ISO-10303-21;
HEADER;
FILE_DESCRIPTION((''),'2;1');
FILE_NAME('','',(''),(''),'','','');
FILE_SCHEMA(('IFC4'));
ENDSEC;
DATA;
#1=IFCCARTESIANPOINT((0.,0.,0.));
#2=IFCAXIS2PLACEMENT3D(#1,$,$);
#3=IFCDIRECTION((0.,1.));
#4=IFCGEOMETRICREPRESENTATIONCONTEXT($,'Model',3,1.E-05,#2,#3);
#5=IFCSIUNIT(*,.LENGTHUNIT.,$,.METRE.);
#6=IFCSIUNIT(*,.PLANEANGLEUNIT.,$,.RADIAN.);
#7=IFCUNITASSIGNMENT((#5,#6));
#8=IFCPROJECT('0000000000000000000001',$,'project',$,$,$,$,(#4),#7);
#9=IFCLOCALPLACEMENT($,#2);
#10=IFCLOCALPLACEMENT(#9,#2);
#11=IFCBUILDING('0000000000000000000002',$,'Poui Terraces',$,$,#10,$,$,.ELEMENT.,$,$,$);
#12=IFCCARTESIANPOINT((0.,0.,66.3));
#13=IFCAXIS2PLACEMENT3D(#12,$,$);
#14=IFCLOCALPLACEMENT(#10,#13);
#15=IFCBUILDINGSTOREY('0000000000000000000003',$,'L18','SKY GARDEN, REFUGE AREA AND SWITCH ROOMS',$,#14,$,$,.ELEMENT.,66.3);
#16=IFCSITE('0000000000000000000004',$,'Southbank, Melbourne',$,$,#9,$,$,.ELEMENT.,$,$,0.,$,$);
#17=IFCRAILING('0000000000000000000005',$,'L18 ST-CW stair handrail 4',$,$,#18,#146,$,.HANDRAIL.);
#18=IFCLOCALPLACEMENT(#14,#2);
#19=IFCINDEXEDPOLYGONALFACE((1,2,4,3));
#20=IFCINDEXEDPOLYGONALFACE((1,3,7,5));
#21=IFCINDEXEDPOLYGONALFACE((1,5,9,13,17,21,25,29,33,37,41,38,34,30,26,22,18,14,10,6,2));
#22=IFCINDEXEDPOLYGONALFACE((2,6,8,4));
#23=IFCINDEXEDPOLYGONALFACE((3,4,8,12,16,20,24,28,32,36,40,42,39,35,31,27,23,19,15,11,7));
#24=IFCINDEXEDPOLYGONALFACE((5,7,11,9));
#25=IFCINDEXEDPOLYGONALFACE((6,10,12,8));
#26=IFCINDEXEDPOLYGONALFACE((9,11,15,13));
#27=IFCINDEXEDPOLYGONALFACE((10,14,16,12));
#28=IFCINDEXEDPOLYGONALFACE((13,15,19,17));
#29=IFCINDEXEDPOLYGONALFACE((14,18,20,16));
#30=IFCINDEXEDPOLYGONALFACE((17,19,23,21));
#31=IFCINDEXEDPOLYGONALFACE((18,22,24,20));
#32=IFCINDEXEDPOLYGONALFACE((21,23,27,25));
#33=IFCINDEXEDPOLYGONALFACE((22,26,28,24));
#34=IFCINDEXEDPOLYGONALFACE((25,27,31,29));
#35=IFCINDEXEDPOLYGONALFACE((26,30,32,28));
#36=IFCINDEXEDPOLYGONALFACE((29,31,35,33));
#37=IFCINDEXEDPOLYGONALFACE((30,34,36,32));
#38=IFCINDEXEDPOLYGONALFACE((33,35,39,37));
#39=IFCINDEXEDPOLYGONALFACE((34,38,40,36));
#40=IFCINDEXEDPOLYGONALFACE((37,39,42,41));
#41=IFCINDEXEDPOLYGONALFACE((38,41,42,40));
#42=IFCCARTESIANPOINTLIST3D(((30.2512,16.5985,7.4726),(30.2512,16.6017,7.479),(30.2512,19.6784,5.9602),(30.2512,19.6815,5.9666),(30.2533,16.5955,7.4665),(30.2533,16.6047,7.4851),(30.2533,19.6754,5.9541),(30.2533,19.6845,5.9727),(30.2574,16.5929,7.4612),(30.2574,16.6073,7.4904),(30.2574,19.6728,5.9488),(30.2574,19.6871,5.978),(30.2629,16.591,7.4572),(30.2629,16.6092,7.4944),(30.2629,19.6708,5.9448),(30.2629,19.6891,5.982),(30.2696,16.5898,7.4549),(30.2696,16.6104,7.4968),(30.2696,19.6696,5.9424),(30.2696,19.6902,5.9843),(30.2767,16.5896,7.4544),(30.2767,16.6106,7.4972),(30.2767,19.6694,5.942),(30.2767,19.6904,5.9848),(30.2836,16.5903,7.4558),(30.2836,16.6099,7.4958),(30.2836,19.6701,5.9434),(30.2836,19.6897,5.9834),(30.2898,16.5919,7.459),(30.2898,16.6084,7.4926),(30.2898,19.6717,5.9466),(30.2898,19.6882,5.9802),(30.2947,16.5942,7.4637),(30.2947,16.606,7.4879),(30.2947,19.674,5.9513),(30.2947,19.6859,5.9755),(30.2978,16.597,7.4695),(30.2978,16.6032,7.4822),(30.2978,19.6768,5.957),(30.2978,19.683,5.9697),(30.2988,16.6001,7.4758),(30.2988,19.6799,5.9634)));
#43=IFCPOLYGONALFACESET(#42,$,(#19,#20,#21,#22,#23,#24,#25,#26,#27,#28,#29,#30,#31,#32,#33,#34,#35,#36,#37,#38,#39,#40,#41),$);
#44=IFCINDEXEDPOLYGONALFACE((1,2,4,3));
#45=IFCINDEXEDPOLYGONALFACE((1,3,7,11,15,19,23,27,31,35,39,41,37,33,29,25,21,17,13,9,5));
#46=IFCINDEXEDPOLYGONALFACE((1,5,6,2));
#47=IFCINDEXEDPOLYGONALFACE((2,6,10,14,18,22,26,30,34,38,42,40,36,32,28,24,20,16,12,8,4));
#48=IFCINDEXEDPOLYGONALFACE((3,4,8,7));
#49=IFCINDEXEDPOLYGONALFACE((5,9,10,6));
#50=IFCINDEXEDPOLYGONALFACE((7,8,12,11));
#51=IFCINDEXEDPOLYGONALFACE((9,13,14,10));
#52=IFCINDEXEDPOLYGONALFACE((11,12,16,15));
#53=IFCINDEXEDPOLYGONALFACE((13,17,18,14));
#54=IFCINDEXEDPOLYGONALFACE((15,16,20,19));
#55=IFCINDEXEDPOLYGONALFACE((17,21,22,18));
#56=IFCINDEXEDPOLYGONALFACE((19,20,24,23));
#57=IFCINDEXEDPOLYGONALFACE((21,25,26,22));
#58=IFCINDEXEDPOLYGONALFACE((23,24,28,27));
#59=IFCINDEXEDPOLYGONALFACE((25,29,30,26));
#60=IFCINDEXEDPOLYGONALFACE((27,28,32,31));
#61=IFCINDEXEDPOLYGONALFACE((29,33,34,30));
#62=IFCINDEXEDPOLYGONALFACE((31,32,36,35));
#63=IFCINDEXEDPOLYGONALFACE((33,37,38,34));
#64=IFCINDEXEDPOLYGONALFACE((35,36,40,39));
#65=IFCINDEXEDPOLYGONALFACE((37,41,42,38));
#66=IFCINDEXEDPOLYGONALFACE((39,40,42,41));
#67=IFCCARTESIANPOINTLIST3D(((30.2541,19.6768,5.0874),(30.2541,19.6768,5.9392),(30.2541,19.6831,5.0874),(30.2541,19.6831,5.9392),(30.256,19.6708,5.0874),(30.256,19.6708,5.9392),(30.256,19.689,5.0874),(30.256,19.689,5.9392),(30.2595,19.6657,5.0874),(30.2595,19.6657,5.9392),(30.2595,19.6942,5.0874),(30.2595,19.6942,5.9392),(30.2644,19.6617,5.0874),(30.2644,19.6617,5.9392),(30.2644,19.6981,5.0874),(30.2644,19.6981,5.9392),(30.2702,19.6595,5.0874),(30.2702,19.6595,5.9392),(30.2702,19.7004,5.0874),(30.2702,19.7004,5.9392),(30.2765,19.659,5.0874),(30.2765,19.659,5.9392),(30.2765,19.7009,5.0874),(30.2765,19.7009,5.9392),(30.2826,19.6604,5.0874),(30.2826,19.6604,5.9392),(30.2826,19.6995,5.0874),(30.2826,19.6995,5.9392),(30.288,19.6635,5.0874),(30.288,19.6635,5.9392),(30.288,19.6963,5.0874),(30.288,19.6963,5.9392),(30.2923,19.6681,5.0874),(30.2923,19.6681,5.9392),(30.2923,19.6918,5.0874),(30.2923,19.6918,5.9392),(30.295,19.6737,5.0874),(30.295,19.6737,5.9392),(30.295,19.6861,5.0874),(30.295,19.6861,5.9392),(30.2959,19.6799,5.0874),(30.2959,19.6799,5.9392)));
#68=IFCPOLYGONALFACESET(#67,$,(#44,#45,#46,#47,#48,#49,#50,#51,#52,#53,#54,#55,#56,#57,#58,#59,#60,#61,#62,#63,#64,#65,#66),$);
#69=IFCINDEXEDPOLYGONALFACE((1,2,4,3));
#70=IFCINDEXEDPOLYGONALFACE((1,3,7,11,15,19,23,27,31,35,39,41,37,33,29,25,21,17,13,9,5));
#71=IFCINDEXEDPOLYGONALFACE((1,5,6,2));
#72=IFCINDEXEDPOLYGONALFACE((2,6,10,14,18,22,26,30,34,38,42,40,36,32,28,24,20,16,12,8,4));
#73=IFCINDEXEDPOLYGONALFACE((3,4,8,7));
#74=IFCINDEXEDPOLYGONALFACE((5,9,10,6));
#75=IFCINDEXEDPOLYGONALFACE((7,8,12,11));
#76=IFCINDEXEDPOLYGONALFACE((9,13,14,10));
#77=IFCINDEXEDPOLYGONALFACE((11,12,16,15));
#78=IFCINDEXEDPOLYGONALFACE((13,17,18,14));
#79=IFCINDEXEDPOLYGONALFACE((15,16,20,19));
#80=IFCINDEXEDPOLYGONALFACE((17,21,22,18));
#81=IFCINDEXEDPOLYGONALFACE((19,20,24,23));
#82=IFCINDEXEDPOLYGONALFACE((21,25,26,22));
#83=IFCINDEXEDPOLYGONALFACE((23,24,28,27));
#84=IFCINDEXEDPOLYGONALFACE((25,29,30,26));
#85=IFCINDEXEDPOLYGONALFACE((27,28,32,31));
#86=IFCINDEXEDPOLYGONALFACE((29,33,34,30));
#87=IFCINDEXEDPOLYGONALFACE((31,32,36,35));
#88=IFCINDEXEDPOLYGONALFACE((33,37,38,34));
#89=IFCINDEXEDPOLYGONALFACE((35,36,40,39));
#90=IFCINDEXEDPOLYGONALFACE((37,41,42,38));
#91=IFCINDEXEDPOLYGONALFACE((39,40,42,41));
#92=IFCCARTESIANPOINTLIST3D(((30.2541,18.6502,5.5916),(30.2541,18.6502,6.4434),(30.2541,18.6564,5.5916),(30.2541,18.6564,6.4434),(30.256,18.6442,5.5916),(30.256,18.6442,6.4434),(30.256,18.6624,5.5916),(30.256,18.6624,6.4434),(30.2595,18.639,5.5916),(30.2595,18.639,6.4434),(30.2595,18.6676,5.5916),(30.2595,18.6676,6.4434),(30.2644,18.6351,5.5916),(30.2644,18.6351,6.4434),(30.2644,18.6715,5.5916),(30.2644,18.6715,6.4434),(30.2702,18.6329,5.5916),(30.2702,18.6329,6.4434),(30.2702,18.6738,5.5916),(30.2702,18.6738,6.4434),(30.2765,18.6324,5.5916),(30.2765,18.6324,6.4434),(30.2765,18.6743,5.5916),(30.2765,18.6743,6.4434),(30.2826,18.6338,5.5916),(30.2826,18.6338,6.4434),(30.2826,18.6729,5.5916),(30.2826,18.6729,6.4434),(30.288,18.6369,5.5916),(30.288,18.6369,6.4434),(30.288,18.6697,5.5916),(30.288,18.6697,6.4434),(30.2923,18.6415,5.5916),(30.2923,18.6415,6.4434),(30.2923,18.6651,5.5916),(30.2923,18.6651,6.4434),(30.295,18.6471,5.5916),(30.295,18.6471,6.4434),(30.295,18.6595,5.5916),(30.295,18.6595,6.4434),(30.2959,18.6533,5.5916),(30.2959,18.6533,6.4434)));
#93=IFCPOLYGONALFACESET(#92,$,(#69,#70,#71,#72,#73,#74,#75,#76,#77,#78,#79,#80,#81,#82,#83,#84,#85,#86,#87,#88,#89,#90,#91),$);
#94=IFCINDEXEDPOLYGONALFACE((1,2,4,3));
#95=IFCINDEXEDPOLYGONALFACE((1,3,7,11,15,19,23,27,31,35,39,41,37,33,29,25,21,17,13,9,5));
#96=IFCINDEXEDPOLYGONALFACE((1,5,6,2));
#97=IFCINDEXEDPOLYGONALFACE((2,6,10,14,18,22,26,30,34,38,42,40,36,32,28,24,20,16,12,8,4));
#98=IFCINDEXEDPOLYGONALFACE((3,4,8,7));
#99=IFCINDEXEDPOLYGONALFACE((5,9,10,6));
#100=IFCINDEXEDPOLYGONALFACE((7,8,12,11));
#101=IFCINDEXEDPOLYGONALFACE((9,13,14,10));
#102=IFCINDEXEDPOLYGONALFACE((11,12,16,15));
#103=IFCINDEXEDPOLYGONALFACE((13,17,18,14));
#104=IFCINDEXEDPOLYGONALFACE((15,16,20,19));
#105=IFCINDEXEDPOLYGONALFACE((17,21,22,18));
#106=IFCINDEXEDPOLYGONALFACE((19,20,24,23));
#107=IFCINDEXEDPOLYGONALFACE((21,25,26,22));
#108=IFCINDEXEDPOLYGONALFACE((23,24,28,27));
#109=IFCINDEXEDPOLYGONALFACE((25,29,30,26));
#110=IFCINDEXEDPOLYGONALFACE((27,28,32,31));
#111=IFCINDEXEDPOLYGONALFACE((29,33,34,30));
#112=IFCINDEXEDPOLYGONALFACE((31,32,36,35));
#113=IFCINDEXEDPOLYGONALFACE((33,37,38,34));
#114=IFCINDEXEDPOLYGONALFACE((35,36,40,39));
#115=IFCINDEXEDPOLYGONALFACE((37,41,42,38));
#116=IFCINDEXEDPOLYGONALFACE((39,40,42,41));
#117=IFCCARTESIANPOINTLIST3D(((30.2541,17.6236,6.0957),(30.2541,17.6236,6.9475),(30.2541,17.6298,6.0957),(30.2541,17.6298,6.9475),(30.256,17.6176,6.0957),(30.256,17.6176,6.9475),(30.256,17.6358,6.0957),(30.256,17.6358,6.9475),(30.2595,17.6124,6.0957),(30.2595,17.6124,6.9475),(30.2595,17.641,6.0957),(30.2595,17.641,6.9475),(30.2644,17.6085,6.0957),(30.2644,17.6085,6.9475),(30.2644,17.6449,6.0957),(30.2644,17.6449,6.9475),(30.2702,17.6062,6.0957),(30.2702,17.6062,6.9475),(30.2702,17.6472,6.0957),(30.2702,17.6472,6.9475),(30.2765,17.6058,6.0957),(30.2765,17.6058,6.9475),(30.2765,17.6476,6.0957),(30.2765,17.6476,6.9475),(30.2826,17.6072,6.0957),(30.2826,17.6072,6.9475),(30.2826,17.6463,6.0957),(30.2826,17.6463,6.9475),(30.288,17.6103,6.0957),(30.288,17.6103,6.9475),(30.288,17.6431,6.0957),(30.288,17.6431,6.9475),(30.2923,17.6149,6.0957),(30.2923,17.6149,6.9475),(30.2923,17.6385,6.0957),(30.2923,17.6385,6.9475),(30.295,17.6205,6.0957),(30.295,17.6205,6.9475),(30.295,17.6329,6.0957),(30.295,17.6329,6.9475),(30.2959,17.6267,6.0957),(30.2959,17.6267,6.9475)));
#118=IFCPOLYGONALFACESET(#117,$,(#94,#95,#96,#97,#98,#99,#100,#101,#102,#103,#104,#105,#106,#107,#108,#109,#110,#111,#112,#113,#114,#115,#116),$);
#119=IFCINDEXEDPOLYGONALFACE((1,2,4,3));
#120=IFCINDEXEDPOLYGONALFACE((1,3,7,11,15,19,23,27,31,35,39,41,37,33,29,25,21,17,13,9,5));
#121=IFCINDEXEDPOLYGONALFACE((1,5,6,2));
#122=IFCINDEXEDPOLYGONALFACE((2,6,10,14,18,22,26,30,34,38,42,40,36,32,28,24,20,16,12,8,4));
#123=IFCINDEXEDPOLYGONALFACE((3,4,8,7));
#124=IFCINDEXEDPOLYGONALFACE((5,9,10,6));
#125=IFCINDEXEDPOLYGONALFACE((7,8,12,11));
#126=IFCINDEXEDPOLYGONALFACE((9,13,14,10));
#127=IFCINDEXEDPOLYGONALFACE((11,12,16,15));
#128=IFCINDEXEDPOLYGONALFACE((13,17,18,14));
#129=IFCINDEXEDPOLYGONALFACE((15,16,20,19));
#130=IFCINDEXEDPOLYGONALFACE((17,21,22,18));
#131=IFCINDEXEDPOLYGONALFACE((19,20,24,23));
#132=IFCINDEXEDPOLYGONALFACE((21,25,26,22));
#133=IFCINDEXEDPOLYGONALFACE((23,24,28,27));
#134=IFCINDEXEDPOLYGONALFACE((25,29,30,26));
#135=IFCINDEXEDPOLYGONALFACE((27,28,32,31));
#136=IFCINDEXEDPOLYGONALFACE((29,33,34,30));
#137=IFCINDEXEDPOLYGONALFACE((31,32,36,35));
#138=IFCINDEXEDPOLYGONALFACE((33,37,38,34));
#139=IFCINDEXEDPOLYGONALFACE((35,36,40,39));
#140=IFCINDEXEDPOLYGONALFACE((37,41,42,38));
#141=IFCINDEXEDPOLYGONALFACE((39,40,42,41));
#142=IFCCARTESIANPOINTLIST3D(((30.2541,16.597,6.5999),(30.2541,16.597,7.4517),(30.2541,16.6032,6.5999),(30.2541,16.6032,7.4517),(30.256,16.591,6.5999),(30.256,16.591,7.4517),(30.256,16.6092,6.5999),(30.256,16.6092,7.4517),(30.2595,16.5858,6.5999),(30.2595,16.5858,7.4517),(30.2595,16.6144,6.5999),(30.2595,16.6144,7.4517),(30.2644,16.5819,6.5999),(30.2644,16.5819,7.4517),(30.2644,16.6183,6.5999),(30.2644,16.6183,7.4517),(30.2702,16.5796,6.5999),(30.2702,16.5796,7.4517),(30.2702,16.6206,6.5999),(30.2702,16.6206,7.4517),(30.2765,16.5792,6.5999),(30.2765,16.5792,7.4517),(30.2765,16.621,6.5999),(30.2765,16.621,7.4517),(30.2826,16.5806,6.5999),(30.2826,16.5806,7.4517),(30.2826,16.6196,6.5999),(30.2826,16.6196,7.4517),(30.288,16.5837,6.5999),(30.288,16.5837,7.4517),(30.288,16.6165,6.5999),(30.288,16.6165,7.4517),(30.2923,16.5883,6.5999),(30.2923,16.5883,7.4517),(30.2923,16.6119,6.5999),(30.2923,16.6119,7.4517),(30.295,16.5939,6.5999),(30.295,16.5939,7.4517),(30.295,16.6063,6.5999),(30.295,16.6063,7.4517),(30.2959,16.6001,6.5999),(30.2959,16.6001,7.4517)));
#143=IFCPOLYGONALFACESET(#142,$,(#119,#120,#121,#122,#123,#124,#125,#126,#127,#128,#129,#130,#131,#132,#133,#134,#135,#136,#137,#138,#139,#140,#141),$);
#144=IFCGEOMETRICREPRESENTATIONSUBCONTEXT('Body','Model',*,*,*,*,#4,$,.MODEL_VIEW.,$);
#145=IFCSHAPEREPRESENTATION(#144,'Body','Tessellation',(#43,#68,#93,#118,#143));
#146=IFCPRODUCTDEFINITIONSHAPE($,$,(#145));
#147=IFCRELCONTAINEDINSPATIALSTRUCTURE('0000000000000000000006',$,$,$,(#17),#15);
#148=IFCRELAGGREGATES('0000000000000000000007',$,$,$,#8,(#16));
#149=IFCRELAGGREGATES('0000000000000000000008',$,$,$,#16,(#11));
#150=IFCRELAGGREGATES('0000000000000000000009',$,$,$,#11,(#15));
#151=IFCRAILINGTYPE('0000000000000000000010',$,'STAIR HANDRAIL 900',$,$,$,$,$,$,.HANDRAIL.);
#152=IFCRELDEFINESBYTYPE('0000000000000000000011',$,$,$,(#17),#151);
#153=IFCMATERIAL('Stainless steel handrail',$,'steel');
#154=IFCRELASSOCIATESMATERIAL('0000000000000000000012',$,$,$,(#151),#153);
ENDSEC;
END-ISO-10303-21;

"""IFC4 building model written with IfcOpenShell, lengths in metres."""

from ifc_helpers import new_model, si_unit, direction, frame, origin, origin_2d, place, context, subcontext, project, spatial, circle, extrude, material, type_object, element, save


model = new_model("IFC4")

# Units and contexts
model_context = context("Model", 3, precision=1e-05, world=origin(), true_north=direction((0.0, 1.0)))
body_context = subcontext(model_context, "Body", "Model", "MODEL_VIEW")
ifc_project = project(units=[si_unit("LENGTHUNIT", "METRE"), si_unit("PLANEANGLEUNIT", "RADIAN")], contexts=[model_context])

# Site, building, storey
site_placement = place(None, origin())
site = spatial("IfcSite", under=ifc_project, at=site_placement, Name="Southbank, Melbourne", CompositionType="ELEMENT", RefElevation=0.0)
building_placement = place(site_placement, origin())
building = spatial("IfcBuilding", under=site, at=building_placement, Name="Poui Terraces", CompositionType="ELEMENT")
storey_placement = place(building_placement, frame((0.0, 0.0, 66.3)))
storey = spatial("IfcBuildingStorey", under=building, at=storey_placement, Name="L18", Description="SKY GARDEN, REFUGE AREA AND SWITCH ROOMS", CompositionType="ELEMENT", Elevation=66.3)

# Railing
ifc_material_1 = material(Name="Stainless steel handrail", Category="steel")
railing_type_1 = type_object("IfcRailingType", Name="STAIR HANDRAIL 900", PredefinedType="HANDRAIL", material=ifc_material_1)
railing_1_placement = place(storey_placement, frame((30.2749, 19.6799, 5.0874)))
element("IfcRailing", 1, at=railing_1_placement, inside=storey, type_object=railing_type_1, Name="L18 ST-CW stair handrail 4", PredefinedType="HANDRAIL", context=body_context, shape_type="SweptSolid", body=[
    extrude(circle(Radius=0.0239, at=origin_2d()), frame((0.0, 0.0, 0.876), z_axis=(0.0, -0.897606, 0.440798), x_axis=(1.0, 0.0, 0.0)), (0.0, 0.0, 1.0), 3.4312),
    extrude(circle(Radius=0.021, at=origin_2d()), origin(), (0.0, 0.0, 1.0), 0.8518),
    extrude(circle(Radius=0.021, at=origin_2d()), frame((0.0, -1.0266, 0.5042)), (0.0, 0.0, 1.0), 0.8518),
    extrude(circle(Radius=0.021, at=origin_2d()), frame((0.0, -2.0532, 1.0083)), (0.0, 0.0, 1.0), 0.8518),
    extrude(circle(Radius=0.021, at=origin_2d()), frame((0.0, -3.0798, 1.5125)), (0.0, 0.0, 1.0), 0.8518),
])

save(model, "model.ifc")
